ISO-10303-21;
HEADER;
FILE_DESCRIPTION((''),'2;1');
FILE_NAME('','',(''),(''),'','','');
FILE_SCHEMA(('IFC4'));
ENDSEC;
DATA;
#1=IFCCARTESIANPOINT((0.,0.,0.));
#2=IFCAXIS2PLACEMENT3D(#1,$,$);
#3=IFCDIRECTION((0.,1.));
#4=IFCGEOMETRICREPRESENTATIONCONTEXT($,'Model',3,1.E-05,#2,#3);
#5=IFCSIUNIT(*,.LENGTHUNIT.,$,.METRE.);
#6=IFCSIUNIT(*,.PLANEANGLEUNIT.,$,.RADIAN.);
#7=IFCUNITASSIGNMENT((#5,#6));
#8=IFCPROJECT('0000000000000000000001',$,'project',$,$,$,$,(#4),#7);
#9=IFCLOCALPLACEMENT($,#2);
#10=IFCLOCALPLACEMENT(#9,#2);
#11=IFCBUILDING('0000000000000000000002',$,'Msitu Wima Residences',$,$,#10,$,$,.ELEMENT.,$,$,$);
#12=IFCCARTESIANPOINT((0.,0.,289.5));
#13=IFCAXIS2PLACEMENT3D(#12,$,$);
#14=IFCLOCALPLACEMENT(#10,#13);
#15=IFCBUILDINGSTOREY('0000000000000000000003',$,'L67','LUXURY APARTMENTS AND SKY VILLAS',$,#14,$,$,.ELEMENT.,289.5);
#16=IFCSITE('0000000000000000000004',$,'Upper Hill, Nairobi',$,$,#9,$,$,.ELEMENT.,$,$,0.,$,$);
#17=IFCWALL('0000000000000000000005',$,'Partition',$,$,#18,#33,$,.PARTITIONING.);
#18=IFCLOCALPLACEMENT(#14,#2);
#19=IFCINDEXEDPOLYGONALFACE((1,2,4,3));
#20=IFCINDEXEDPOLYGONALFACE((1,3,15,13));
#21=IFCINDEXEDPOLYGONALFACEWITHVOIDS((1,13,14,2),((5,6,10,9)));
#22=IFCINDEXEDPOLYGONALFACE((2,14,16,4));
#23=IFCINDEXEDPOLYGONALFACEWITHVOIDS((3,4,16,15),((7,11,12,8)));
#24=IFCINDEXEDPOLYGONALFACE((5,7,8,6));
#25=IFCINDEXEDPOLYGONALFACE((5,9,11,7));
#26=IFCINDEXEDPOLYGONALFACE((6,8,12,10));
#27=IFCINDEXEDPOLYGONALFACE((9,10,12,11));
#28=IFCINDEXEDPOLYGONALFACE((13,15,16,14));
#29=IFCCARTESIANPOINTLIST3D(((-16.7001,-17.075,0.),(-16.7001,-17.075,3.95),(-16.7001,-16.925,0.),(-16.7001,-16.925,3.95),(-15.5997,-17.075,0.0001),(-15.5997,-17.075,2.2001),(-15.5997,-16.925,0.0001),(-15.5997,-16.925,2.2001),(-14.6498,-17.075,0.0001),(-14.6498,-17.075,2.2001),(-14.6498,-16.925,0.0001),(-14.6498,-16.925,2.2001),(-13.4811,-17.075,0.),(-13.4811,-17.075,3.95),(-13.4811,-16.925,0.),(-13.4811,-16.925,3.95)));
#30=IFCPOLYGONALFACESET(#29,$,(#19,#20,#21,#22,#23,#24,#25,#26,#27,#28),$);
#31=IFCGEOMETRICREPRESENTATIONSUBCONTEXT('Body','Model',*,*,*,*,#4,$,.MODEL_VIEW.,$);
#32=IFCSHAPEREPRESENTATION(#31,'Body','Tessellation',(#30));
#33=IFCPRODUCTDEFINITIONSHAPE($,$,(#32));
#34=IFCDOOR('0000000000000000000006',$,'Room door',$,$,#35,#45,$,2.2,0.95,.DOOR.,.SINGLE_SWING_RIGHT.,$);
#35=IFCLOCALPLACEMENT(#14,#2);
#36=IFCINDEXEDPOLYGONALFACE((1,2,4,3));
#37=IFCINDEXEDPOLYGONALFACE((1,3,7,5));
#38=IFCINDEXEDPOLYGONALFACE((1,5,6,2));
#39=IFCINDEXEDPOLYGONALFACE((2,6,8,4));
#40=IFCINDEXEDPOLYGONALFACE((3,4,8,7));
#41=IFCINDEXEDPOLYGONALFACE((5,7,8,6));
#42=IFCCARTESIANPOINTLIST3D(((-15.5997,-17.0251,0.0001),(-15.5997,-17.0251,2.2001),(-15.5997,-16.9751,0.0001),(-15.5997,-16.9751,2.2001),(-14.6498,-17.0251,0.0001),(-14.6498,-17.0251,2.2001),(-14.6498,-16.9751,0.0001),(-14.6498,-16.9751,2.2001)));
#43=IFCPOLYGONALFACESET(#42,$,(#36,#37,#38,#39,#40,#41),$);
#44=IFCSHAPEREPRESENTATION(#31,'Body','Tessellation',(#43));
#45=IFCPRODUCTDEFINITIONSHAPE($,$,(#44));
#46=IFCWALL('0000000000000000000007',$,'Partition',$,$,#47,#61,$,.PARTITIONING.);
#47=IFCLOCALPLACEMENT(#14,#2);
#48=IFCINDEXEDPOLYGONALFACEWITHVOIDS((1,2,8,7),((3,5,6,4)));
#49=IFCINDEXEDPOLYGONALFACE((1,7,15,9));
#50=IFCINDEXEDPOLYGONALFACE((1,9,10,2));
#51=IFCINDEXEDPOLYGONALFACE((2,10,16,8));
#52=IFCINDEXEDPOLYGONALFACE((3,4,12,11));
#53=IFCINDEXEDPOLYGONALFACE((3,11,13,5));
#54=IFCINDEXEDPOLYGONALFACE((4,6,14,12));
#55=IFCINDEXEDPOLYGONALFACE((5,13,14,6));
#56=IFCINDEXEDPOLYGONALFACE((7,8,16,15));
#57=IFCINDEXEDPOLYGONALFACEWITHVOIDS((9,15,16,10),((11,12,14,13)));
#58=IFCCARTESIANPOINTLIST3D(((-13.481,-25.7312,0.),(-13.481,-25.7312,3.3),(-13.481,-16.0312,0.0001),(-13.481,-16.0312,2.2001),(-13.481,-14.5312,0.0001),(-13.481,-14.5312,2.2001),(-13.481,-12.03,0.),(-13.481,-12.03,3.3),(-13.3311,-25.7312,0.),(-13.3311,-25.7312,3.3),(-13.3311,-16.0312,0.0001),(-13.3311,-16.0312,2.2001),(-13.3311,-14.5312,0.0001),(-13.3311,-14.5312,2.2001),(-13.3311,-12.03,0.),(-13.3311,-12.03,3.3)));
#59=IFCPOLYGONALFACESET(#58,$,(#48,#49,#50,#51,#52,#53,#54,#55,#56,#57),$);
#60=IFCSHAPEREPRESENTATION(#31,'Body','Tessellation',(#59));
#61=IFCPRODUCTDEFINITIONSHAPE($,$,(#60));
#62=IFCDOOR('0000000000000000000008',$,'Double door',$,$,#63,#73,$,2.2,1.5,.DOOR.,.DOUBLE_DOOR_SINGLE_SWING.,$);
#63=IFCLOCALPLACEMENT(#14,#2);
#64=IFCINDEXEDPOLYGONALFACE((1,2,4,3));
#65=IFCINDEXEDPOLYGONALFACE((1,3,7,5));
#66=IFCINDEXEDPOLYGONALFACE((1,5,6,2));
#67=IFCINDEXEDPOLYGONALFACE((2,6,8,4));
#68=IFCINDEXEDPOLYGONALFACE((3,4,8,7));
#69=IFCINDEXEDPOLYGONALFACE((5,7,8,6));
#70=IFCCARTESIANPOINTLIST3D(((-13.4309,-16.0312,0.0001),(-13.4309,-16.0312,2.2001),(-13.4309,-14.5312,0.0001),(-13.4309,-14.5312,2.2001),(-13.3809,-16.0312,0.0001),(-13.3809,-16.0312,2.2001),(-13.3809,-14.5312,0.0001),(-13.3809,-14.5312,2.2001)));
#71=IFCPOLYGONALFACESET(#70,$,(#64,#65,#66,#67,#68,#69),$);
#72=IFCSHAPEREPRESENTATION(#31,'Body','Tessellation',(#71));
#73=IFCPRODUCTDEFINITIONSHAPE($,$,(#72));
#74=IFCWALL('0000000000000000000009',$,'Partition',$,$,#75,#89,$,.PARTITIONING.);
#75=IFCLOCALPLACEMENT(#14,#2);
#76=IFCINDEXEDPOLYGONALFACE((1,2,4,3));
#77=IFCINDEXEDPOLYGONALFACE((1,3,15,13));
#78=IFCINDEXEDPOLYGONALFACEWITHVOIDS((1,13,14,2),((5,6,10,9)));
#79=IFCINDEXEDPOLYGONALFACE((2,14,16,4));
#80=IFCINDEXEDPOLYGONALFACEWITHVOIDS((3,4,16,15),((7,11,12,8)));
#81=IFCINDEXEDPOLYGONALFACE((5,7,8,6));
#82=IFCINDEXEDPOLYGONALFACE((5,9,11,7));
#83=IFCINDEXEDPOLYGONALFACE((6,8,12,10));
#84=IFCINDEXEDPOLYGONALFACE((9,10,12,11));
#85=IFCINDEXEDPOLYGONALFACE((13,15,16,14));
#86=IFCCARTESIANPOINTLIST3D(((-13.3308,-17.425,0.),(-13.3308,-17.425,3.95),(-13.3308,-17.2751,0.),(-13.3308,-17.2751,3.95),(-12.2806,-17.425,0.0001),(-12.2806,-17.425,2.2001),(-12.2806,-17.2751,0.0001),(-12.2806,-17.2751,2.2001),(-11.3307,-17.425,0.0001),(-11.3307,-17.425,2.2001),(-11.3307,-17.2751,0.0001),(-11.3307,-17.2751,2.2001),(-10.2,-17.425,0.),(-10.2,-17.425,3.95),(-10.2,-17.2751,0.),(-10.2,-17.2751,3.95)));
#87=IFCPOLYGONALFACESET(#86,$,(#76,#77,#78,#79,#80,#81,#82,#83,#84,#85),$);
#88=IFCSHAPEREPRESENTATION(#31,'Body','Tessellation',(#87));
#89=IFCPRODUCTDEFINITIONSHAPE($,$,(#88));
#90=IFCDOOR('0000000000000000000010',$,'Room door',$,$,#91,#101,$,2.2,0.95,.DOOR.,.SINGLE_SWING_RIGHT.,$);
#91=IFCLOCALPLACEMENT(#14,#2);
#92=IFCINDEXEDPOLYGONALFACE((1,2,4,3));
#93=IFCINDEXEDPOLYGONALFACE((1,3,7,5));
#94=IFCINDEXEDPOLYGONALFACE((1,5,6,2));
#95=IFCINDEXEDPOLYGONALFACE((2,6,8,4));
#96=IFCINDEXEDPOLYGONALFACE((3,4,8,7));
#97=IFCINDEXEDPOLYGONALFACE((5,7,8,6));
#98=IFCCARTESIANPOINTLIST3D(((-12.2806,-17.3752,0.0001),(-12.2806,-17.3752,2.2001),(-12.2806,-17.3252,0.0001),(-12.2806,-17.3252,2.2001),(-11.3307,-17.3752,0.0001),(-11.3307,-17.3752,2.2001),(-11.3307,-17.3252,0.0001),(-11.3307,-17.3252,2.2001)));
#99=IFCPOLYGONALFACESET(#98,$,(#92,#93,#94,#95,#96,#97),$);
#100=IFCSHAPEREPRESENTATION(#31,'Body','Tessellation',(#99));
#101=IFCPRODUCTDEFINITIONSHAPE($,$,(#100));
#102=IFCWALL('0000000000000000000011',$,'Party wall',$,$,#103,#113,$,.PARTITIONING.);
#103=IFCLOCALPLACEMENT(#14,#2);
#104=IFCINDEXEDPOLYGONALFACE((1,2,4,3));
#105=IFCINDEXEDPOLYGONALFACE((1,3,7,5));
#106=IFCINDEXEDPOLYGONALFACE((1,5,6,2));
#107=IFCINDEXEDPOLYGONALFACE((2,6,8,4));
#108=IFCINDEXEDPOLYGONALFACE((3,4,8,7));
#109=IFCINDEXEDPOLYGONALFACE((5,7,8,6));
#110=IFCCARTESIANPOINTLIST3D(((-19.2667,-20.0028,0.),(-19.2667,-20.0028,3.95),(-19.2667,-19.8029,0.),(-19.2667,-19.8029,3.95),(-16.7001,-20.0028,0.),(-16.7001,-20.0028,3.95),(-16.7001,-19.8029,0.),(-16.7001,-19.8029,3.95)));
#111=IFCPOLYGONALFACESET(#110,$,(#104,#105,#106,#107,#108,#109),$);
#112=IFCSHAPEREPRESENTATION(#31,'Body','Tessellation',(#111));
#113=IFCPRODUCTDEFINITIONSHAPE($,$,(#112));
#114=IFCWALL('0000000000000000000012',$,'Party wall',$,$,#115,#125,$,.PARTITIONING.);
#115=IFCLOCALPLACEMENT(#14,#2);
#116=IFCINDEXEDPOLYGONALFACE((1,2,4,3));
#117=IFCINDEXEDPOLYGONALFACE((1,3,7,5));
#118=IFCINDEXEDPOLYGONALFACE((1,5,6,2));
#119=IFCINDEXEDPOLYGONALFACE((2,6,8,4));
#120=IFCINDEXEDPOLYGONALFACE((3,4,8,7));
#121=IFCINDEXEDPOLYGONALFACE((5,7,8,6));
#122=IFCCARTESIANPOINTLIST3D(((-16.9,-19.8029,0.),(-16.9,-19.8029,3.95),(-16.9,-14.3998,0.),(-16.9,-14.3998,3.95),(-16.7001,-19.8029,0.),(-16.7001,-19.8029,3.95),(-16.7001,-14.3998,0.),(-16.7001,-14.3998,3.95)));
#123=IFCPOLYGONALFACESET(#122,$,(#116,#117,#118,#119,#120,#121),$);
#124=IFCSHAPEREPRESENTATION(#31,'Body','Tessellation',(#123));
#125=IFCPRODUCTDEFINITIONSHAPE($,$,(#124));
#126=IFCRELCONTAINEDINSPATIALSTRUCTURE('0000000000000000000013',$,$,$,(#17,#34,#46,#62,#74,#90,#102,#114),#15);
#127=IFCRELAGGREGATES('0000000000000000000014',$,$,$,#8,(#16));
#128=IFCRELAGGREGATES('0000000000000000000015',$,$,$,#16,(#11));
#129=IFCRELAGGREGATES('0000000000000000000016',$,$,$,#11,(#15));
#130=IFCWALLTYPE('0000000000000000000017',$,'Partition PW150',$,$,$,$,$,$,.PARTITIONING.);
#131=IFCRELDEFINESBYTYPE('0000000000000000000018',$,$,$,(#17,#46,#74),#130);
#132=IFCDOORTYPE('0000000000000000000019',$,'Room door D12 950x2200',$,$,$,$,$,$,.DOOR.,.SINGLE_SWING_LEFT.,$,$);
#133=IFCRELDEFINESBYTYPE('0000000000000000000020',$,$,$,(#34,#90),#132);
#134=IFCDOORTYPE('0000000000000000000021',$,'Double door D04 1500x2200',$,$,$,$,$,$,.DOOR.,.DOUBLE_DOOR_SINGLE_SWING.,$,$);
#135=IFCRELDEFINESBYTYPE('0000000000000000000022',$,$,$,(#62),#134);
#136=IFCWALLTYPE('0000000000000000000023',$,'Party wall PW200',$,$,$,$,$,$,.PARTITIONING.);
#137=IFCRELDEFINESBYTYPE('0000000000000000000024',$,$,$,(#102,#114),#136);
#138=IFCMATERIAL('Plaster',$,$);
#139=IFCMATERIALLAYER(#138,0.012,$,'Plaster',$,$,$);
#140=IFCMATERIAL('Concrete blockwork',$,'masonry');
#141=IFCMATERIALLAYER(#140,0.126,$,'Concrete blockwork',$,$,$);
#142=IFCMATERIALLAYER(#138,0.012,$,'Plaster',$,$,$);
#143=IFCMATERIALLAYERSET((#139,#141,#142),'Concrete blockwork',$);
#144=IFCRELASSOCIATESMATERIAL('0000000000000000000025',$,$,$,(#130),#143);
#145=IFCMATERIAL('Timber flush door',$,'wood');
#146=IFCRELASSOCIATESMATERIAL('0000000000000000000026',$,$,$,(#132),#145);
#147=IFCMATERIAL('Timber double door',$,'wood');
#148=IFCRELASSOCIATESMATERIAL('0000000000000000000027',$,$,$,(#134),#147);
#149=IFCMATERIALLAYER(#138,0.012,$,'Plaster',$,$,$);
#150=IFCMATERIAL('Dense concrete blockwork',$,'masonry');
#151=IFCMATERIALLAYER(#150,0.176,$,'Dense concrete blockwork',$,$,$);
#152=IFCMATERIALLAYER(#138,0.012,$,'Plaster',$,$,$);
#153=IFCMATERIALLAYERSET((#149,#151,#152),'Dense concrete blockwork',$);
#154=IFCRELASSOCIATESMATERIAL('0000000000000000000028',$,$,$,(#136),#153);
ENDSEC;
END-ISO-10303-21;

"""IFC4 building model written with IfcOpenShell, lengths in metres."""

from ifc_helpers import new_model, si_unit, direction, frame, frame_2d, origin, place, context, subcontext, project, spatial, rectangle, extrude, material, layer, layer_set, type_object, element, fill, save


model = new_model("IFC4")

# Units and contexts
model_context = context("Model", 3, precision=1e-05, world=origin(), true_north=direction((0.0, 1.0)))
body_context = subcontext(model_context, "Body", "Model", "MODEL_VIEW")
ifc_project = project(units=[si_unit("LENGTHUNIT", "METRE"), si_unit("PLANEANGLEUNIT", "RADIAN")], contexts=[model_context])

# Site, building, storey
site_placement = place(None, origin())
site = spatial("IfcSite", under=ifc_project, at=site_placement, Name="Upper Hill, Nairobi", CompositionType="ELEMENT", RefElevation=0.0)
building_placement = place(site_placement, origin())
building = spatial("IfcBuilding", under=site, at=building_placement, Name="Msitu Wima Residences", CompositionType="ELEMENT")
storey_placement = place(building_placement, frame((0.0, 0.0, 289.5)))
storey = spatial("IfcBuildingStorey", under=building, at=storey_placement, Name="L67", Description="LUXURY APARTMENTS AND SKY VILLAS", CompositionType="ELEMENT", Elevation=289.5)

# Shared definitions
ifc_material_1 = material(Name="Plaster")
ifc_material_2 = material(Name="Concrete blockwork", Category="masonry")

# Walls, openings, doors
ifc_layer_1 = layer(ifc_material_1, 0.012, Name="Plaster")
ifc_layer_2 = layer(ifc_material_2, 0.126, Name="Concrete blockwork")
ifc_layer_3 = layer(ifc_material_1, 0.012, Name="Plaster")
ifc_layer_set_1 = layer_set([ifc_layer_1, ifc_layer_2, ifc_layer_3], Name="Concrete blockwork")
wall_type_1 = type_object("IfcWallType", Name="Partition PW150", PredefinedType="PARTITIONING", material=ifc_layer_set_1)
wall_1_placement = place(storey_placement, frame((-16.7, -17.0, 0.0), z_axis=(0.0, 0.0, 1.0), x_axis=(1.0, 0.0, 0.0)))
wall_1 = element("IfcWall", 1, at=wall_1_placement, inside=storey, type_object=wall_type_1, Name="Partition", PredefinedType="PARTITIONING", context=body_context, shape_type="SweptSolid", body=[
    extrude(rectangle(XDim=3.219, YDim=0.1499, at=frame_2d((1.6094, 0.0))), origin(), (0.0, 0.0, 1.0), 3.95),
])
opening_1_placement = place(wall_1_placement, frame((1.1001, 0.0, 0.0)))
opening_1 = element("IfcOpeningElement", 2, at=opening_1_placement, cuts=wall_1, PredefinedType="OPENING", context=body_context, shape_type="SweptSolid", body=[
    extrude(rectangle(XDim=0.95, YDim=2.2, at=frame_2d((0.4751, 1.1001))), frame((0.0, 0.085, 0.0), z_axis=(0.0, -1.0, 0.0), x_axis=(1.0, 0.0, 0.0)), (0.0, 0.0, 1.0), 0.1699),
])
ifc_material_3 = material(Name="Timber flush door", Category="wood")
door_type_1 = type_object("IfcDoorType", Name="Room door D12 950x2200", OperationType="SINGLE_SWING_LEFT", PredefinedType="DOOR", material=ifc_material_3)
door_1_placement = place(opening_1_placement, origin())
door_1 = element("IfcDoor", 3, at=door_1_placement, inside=storey, type_object=door_type_1, Name="Room door", OperationType="SINGLE_SWING_RIGHT", OverallHeight=2.2, OverallWidth=0.95, PredefinedType="DOOR", context=body_context, shape_type="SweptSolid", body=[
    extrude(rectangle(XDim=0.95, YDim=2.2, at=frame_2d((0.4751, 1.1001))), frame((0.0, 0.0249, 0.0), z_axis=(0.0, -1.0, 0.0), x_axis=(1.0, 0.0, 0.0)), (0.0, 0.0, 1.0), 0.05),
])
fill(opening_1, door_1)
wall_2_placement = place(storey_placement, frame((-13.406, -25.7312, 0.0), z_axis=(0.0, 0.0, 1.0), x_axis=(0.0, 1.0, 0.0)))
wall_2 = element("IfcWall", 4, at=wall_2_placement, inside=storey, type_object=wall_type_1, Name="Partition", PredefinedType="PARTITIONING", context=body_context, shape_type="SweptSolid", body=[
    extrude(rectangle(XDim=13.7012, YDim=0.1499, at=frame_2d((6.8506, 0.0))), origin(), (0.0, 0.0, 1.0), 3.3),
])
opening_2_placement = place(wall_2_placement, frame((9.7, 0.0, 0.0)))
opening_2 = element("IfcOpeningElement", 5, at=opening_2_placement, cuts=wall_2, PredefinedType="OPENING", context=body_context, shape_type="SweptSolid", body=[
    extrude(rectangle(XDim=1.5, YDim=2.2, at=frame_2d((0.75, 1.1001))), frame((0.0, 0.085, 0.0), z_axis=(0.0, -1.0, 0.0), x_axis=(1.0, 0.0, 0.0)), (0.0, 0.0, 1.0), 0.1699),
])
ifc_material_4 = material(Name="Timber double door", Category="wood")
door_type_2 = type_object("IfcDoorType", Name="Double door D04 1500x2200", OperationType="DOUBLE_DOOR_SINGLE_SWING", PredefinedType="DOOR", material=ifc_material_4)
door_2_placement = place(opening_2_placement, origin())
door_2 = element("IfcDoor", 6, at=door_2_placement, inside=storey, type_object=door_type_2, Name="Double door", OperationType="DOUBLE_DOOR_SINGLE_SWING", OverallHeight=2.2, OverallWidth=1.5, PredefinedType="DOOR", context=body_context, shape_type="SweptSolid", body=[
    extrude(rectangle(XDim=1.5, YDim=2.2, at=frame_2d((0.75, 1.1001))), frame((0.0, 0.0249, 0.0), z_axis=(0.0, -1.0, 0.0), x_axis=(1.0, 0.0, 0.0)), (0.0, 0.0, 1.0), 0.05),
])
fill(opening_2, door_2)
wall_3_placement = place(storey_placement, frame((-13.3308, -17.3501, 0.0), z_axis=(0.0, 0.0, 1.0), x_axis=(1.0, 0.0, 0.0)))
wall_3 = element("IfcWall", 7, at=wall_3_placement, inside=storey, type_object=wall_type_1, Name="Partition", PredefinedType="PARTITIONING", context=body_context, shape_type="SweptSolid", body=[
    extrude(rectangle(XDim=3.1309, YDim=0.1499, at=frame_2d((1.5654, 0.0))), origin(), (0.0, 0.0, 1.0), 3.95),
])
opening_3_placement = place(wall_3_placement, frame((1.05, 0.0, 0.0)))
opening_3 = element("IfcOpeningElement", 8, at=opening_3_placement, cuts=wall_3, PredefinedType="OPENING", context=body_context, shape_type="SweptSolid", body=[
    extrude(rectangle(XDim=0.95, YDim=2.2, at=frame_2d((0.4751, 1.1001))), frame((0.0, 0.085, 0.0), z_axis=(0.0, -1.0, 0.0), x_axis=(1.0, 0.0, 0.0)), (0.0, 0.0, 1.0), 0.1699),
])
door_3_placement = place(opening_3_placement, origin())
door_3 = element("IfcDoor", 9, at=door_3_placement, inside=storey, type_object=door_type_1, Name="Room door", OperationType="SINGLE_SWING_RIGHT", OverallHeight=2.2, OverallWidth=0.95, PredefinedType="DOOR", context=body_context, shape_type="SweptSolid", body=[
    extrude(rectangle(XDim=0.95, YDim=2.2, at=frame_2d((0.4751, 1.1001))), frame((0.0, 0.0249, 0.0), z_axis=(0.0, -1.0, 0.0), x_axis=(1.0, 0.0, 0.0)), (0.0, 0.0, 1.0), 0.05),
])
fill(opening_3, door_3)

# Walls
ifc_layer_4 = layer(ifc_material_1, 0.012, Name="Plaster")
ifc_material_5 = material(Name="Dense concrete blockwork", Category="masonry")
ifc_layer_5 = layer(ifc_material_5, 0.176, Name="Dense concrete blockwork")
ifc_layer_6 = layer(ifc_material_1, 0.012, Name="Plaster")
ifc_layer_set_2 = layer_set([ifc_layer_4, ifc_layer_5, ifc_layer_6], Name="Dense concrete blockwork")
wall_type_2 = type_object("IfcWallType", Name="Party wall PW200", PredefinedType="PARTITIONING", material=ifc_layer_set_2)
wall_4_placement = place(storey_placement, frame((-19.2666, -19.9028, 0.0), z_axis=(0.0, 0.0, 1.0), x_axis=(1.0, 0.0, 0.0)))
element("IfcWall", 10, at=wall_4_placement, inside=storey, type_object=wall_type_2, Name="Party wall", PredefinedType="PARTITIONING", context=body_context, shape_type="SweptSolid", body=[
    extrude(rectangle(XDim=2.5667, YDim=0.2, at=frame_2d((1.2832, 0.0))), origin(), (0.0, 0.0, 1.0), 3.95),
])
wall_5_placement = place(storey_placement, frame((-16.8, -19.803, 0.0), z_axis=(0.0, 0.0, 1.0), x_axis=(0.0, 1.0, 0.0)))
element("IfcWall", 11, at=wall_5_placement, inside=storey, type_object=wall_type_2, Name="Party wall", PredefinedType="PARTITIONING", context=body_context, shape_type="SweptSolid", body=[
    extrude(rectangle(XDim=5.4031, YDim=0.2, at=frame_2d((2.7017, 0.0))), origin(), (0.0, 0.0, 1.0), 3.95),
])

save(model, "model.ifc")
